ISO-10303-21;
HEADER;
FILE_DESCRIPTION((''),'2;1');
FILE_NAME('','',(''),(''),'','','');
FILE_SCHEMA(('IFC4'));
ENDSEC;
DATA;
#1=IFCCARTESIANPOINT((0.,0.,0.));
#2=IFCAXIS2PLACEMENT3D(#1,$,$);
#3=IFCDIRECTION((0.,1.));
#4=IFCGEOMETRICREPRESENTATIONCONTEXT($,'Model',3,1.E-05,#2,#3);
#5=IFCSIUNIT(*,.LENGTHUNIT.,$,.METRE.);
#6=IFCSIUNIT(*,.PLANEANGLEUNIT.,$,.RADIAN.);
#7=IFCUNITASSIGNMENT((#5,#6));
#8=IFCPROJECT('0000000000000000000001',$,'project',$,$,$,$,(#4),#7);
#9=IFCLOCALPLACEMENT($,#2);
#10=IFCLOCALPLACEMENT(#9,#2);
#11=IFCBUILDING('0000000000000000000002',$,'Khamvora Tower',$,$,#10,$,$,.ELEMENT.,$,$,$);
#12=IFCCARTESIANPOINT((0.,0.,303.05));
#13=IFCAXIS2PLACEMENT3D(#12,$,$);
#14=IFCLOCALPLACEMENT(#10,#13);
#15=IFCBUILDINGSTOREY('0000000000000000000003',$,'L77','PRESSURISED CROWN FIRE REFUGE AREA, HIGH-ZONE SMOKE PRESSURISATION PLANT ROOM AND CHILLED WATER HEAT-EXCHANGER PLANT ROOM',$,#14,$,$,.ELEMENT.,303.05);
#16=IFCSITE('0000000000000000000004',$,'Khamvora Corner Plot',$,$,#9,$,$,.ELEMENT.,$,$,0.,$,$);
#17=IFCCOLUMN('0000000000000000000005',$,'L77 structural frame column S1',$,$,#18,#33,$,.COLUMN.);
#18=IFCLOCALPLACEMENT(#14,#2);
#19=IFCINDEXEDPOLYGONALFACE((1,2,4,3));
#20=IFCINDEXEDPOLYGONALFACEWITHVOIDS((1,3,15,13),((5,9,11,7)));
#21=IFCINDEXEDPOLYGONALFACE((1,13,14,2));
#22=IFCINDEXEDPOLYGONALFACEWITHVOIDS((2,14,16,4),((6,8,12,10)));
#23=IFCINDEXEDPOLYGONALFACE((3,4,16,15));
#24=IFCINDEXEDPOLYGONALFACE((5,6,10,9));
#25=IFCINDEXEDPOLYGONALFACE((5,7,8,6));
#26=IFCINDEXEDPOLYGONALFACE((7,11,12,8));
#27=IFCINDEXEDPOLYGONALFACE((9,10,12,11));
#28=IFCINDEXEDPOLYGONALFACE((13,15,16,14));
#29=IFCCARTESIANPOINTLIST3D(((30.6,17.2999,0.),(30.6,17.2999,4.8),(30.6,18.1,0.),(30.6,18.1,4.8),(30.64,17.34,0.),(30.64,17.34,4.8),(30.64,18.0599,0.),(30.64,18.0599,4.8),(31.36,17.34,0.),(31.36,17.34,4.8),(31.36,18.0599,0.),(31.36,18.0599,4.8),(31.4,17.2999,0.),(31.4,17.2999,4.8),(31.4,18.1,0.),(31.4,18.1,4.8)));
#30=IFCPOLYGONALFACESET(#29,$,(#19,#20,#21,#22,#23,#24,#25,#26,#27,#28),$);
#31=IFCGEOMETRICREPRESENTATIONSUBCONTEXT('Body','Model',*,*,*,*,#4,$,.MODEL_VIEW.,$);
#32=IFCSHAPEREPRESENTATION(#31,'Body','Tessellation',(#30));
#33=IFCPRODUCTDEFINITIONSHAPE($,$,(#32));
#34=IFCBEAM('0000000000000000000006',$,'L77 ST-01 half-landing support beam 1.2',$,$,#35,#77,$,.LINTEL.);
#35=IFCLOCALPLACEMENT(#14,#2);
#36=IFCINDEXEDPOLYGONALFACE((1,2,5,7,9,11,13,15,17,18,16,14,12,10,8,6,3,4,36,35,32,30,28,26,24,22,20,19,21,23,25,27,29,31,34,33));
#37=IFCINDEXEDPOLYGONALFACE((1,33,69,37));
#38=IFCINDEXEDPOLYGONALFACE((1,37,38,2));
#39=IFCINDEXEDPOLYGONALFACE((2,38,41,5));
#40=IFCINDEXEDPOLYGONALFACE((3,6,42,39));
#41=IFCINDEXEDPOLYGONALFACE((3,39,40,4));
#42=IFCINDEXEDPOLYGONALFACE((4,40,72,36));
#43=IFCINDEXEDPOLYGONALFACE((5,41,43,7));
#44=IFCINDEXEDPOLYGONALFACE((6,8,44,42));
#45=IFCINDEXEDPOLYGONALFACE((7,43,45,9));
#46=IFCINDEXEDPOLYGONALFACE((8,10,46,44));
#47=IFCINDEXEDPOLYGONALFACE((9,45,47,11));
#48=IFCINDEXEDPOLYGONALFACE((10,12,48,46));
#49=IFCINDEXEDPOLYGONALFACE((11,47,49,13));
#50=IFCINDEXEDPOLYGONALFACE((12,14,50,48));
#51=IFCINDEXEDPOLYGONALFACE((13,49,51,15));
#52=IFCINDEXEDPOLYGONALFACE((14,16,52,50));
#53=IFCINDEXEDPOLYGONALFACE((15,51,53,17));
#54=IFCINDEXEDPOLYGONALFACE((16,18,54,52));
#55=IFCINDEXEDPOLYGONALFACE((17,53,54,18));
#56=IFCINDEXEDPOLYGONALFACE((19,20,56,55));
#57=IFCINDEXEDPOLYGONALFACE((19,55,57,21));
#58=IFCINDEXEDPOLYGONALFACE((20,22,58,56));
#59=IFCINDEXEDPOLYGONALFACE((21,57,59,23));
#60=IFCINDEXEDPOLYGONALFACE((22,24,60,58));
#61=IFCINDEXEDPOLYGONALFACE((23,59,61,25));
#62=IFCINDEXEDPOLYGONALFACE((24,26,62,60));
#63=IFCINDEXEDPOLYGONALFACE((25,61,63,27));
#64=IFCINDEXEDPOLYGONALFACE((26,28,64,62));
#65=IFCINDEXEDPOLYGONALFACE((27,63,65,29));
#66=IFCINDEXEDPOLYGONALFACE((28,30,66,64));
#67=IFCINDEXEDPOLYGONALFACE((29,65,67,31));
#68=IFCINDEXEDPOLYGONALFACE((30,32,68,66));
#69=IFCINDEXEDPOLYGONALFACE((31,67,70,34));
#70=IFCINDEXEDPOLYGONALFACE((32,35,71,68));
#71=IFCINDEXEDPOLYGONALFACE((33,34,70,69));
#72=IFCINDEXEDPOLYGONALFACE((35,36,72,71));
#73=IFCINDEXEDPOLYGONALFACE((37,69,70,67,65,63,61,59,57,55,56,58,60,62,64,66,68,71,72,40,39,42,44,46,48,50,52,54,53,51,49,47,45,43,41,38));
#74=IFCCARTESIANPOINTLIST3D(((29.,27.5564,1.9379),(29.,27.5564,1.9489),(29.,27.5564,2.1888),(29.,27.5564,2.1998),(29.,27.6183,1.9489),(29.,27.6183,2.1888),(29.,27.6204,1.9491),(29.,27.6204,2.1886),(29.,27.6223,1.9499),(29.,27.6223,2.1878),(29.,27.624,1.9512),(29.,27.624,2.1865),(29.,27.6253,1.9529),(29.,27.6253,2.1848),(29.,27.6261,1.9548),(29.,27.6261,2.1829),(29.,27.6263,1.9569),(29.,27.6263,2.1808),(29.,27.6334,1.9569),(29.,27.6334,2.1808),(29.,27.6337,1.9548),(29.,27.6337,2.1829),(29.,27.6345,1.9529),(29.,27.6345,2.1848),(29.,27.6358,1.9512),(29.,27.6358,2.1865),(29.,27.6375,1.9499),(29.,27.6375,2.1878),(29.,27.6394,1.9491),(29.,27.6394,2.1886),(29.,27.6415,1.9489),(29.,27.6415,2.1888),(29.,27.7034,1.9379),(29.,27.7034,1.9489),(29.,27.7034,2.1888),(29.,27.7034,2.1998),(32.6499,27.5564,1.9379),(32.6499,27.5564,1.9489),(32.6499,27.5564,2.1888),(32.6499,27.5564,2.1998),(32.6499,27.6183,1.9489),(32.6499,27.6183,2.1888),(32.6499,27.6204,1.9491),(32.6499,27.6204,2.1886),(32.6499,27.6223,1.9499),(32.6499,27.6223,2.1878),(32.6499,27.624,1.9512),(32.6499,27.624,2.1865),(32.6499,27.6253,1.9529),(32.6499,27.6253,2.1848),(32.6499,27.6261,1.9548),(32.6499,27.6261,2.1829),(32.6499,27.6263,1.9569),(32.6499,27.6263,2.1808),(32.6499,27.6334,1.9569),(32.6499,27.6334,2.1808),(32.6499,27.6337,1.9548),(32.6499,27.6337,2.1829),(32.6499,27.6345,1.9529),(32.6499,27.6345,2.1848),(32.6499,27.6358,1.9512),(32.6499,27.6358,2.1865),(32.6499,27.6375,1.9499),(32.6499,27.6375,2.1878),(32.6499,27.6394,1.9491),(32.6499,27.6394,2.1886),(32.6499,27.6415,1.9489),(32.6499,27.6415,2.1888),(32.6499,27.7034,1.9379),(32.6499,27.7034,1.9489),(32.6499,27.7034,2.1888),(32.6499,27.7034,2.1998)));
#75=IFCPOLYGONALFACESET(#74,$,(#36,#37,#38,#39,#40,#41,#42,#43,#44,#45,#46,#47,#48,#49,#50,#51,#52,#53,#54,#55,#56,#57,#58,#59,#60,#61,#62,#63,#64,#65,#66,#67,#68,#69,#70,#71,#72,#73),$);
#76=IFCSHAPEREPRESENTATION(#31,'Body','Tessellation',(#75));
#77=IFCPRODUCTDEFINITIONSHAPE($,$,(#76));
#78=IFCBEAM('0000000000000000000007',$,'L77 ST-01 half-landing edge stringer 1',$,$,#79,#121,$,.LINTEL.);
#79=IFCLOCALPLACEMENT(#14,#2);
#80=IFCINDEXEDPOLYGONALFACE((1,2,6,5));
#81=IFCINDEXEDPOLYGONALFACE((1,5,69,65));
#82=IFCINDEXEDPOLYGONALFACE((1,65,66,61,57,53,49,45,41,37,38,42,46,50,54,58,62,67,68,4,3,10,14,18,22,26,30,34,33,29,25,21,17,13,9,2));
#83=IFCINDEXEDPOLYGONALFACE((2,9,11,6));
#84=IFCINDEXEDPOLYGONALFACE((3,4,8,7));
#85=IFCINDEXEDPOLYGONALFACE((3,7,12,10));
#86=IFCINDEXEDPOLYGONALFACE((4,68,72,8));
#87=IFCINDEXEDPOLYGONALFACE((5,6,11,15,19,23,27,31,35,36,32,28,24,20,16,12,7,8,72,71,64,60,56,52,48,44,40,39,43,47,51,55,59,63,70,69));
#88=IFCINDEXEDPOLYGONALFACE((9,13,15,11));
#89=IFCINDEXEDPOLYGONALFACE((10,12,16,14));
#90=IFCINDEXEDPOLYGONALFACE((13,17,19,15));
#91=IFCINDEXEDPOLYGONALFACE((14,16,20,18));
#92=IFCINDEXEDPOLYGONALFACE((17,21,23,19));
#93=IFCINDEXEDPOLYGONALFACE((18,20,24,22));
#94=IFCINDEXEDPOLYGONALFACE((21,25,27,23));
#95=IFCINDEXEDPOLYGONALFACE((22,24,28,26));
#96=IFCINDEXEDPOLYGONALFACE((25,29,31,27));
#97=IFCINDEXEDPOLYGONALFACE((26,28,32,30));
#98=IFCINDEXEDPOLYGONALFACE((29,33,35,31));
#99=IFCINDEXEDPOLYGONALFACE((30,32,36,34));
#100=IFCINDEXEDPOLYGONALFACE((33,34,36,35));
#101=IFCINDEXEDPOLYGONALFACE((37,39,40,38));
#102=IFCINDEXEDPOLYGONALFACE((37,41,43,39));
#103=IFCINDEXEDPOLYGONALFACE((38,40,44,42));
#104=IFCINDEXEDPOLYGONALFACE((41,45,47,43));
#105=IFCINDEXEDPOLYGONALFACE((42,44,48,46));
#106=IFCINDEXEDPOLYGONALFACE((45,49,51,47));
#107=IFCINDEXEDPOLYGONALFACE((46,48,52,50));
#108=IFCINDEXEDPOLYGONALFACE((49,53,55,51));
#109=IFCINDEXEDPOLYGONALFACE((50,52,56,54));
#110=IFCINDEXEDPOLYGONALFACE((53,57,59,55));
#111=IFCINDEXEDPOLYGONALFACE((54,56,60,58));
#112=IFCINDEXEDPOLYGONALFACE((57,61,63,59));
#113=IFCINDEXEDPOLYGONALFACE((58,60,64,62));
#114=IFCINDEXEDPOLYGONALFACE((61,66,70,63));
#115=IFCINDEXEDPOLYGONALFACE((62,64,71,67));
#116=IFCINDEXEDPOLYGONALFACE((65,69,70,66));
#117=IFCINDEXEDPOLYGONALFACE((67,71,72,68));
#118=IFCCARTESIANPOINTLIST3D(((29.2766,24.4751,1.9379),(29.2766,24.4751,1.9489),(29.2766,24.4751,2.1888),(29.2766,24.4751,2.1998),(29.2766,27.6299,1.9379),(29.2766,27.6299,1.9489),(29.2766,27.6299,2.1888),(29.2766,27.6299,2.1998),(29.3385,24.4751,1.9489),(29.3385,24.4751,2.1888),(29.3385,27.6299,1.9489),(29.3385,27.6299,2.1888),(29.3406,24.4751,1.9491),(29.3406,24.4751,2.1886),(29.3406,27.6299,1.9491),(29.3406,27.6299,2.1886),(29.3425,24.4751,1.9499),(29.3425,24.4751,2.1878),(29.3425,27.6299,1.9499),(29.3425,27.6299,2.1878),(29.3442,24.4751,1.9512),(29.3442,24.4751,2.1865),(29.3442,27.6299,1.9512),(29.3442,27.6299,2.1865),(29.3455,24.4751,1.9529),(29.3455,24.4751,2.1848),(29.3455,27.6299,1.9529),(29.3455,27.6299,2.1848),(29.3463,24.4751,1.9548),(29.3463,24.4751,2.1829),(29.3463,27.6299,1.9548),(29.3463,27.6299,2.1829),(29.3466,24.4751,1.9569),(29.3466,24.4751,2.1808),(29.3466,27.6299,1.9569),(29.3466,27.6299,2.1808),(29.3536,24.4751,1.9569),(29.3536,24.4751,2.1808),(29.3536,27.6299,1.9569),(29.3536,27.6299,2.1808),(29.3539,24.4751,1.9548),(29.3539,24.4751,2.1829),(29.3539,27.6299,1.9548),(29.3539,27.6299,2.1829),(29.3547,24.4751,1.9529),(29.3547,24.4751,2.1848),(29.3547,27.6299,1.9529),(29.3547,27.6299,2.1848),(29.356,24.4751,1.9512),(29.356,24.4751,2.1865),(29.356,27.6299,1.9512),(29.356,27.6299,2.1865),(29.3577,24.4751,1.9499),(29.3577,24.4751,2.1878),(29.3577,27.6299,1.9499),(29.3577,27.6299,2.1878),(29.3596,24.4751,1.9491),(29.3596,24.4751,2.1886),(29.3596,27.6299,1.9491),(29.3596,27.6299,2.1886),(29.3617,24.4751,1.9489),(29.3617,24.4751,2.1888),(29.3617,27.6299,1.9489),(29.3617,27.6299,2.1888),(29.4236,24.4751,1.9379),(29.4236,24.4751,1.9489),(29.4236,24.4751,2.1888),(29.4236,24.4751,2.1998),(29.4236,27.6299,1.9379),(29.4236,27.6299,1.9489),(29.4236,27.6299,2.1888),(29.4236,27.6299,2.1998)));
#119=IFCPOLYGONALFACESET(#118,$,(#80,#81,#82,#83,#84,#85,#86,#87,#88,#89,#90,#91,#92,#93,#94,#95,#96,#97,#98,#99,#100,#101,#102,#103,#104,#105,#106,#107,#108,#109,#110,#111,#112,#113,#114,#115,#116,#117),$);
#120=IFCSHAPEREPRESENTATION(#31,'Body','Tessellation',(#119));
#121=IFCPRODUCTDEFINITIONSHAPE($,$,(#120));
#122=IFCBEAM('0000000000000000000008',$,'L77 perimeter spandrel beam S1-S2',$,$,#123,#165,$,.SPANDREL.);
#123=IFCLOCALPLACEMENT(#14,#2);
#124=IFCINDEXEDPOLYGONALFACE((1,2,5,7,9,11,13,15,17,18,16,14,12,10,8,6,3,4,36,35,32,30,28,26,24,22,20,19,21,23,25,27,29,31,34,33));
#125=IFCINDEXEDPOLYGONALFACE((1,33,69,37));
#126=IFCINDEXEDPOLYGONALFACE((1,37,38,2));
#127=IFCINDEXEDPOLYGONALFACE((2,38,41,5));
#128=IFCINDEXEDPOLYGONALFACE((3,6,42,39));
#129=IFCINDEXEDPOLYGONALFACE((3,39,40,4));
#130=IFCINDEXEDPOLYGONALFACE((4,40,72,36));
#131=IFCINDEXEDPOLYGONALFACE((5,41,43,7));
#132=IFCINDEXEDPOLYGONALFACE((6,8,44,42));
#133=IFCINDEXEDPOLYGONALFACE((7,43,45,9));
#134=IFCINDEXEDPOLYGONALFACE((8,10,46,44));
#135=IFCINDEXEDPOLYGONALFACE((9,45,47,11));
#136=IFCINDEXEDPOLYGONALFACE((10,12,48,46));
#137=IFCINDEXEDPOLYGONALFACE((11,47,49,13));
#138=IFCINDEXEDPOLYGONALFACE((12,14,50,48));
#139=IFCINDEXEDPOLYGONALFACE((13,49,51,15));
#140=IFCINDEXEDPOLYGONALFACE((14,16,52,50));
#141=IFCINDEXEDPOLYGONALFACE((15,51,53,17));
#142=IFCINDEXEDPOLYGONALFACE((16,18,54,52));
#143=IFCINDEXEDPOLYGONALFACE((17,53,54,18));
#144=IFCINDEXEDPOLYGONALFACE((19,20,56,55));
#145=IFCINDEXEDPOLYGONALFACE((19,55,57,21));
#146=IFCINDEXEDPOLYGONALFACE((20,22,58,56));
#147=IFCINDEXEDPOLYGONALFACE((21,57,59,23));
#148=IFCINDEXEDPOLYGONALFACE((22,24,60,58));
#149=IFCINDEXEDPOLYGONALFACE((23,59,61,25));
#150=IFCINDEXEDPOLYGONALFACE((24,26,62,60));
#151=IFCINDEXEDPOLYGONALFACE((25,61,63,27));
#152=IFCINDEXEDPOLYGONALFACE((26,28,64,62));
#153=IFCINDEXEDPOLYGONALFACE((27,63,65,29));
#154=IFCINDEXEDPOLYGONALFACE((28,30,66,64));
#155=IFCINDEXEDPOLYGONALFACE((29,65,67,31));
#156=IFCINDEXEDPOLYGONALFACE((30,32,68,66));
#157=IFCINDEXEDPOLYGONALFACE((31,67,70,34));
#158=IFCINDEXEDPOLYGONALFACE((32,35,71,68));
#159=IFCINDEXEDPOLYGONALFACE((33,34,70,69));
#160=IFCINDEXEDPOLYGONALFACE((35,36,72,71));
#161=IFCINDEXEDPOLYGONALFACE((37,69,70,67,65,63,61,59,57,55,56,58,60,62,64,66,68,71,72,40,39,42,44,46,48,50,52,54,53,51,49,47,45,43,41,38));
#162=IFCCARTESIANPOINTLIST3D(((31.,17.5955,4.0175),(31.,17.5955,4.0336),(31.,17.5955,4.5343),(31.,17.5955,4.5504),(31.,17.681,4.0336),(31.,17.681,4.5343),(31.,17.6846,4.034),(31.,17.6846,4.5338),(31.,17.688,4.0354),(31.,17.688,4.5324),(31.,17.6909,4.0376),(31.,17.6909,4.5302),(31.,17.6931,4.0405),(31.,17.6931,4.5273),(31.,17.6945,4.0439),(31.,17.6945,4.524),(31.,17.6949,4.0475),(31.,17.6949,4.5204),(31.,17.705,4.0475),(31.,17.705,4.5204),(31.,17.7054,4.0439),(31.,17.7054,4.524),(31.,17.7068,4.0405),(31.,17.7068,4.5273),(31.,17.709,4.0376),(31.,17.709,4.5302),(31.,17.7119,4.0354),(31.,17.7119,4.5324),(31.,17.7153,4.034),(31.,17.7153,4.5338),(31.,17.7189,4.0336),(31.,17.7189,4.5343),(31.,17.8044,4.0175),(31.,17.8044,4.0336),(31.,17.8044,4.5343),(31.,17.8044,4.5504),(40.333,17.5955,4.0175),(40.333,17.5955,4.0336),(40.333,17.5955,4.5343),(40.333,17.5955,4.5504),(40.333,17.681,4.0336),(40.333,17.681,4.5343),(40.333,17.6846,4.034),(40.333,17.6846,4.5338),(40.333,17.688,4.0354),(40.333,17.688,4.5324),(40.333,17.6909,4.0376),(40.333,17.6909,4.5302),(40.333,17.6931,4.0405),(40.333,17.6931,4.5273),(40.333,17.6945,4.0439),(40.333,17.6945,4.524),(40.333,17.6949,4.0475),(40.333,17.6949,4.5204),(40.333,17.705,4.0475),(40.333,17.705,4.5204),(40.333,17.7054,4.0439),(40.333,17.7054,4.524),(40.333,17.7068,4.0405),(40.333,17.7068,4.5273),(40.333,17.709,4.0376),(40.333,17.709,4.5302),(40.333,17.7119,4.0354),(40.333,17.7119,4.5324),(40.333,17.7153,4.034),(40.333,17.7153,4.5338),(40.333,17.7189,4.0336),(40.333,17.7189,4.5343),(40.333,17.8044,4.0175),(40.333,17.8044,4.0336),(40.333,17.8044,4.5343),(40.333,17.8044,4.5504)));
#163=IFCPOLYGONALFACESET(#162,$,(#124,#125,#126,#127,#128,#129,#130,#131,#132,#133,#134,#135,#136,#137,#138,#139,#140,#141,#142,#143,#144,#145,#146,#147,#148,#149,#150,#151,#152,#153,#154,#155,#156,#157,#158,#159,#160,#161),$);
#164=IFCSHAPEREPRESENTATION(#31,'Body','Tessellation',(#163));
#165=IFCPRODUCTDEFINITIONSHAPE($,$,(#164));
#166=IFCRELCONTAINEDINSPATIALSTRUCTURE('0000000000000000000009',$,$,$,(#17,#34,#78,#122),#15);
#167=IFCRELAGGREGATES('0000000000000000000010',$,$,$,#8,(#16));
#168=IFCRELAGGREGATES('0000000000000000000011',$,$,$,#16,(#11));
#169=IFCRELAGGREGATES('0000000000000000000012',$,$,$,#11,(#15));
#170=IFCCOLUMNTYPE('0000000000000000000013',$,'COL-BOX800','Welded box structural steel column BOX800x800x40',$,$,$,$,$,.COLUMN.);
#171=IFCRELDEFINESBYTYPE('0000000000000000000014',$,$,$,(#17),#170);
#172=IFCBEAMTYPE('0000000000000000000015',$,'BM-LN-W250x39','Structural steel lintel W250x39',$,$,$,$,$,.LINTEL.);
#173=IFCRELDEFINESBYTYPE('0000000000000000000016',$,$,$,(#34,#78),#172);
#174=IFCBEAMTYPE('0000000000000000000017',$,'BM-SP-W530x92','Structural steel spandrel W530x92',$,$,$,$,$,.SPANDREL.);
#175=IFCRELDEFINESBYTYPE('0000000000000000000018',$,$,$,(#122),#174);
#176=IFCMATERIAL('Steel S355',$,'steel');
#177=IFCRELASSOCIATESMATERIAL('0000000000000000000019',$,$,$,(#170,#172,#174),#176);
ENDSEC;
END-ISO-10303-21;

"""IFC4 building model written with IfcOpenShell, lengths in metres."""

from ifc_helpers import new_model, si_unit, direction, frame, origin, origin_2d, place, context, subcontext, project, spatial, hollow_rectangle, i_section, extrude, material, material_profile, profile_set, type_object, element, save


model = new_model("IFC4")

# Units and contexts
model_context = context("Model", 3, precision=1e-05, world=origin(), true_north=direction((0.0, 1.0)))
body_context = subcontext(model_context, "Body", "Model", "MODEL_VIEW")
ifc_project = project(units=[si_unit("LENGTHUNIT", "METRE"), si_unit("PLANEANGLEUNIT", "RADIAN")], contexts=[model_context])

# Site, building, storey
site_placement = place(None, origin())
site = spatial("IfcSite", under=ifc_project, at=site_placement, Name="Khamvora Corner Plot", CompositionType="ELEMENT", RefElevation=0.0)
building_placement = place(site_placement, origin())
building = spatial("IfcBuilding", under=site, at=building_placement, Name="Khamvora Tower", CompositionType="ELEMENT")
storey_placement = place(building_placement, frame((0.0, 0.0, 303.05)))
storey = spatial("IfcBuildingStorey", under=building, at=storey_placement, Name="L77", Description="PRESSURISED CROWN FIRE REFUGE AREA, HIGH-ZONE SMOKE PRESSURISATION PLANT ROOM AND CHILLED WATER HEAT-EXCHANGER PLANT ROOM", CompositionType="ELEMENT", Elevation=303.05)

# Column
ifc_material_1 = material(Name="Steel S355", Category="steel")
ifc_material_profile_1 = material_profile(ifc_material_1, hollow_rectangle(XDim=0.8, YDim=0.8, WallThickness=0.04, at=origin_2d()), Name="BOX800x800x40")
ifc_profile_set_1 = profile_set([ifc_material_profile_1], Name="Steel S355")
column_type = type_object("IfcColumnType", Name="COL-BOX800", Description="Welded box structural steel column BOX800x800x40", PredefinedType="COLUMN", material=ifc_profile_set_1)
column_placement = place(storey_placement, frame((31.0, 17.7, 0.0), z_axis=(0.0, 0.0, 1.0), x_axis=(1.0, 0.0, 0.0)))
element("IfcColumn", 1, at=column_placement, inside=storey, type_object=column_type, Name="L77 structural frame column S1", PredefinedType="COLUMN", context=body_context, shape_type="SweptSolid", body=[
    extrude(hollow_rectangle(XDim=0.8, YDim=0.8, WallThickness=0.04, at=origin_2d()), origin(), (0.0, 0.0, 1.0), 4.8),
])

# Beams
ifc_material_profile_2 = material_profile(ifc_material_1, i_section(OverallWidth=0.147, OverallDepth=0.262, WebThickness=0.0071, FlangeThickness=0.011, FilletRadius=0.0081, at=origin_2d()), Name="W250x39")
ifc_profile_set_2 = profile_set([ifc_material_profile_2], Name="Steel S355")
beam_type_1 = type_object("IfcBeamType", Name="BM-LN-W250x39", Description="Structural steel lintel W250x39", PredefinedType="LINTEL", material=ifc_profile_set_2)
beam_1_placement = place(storey_placement, frame((29.0, 27.6299, 2.0688), z_axis=(1.0, 0.0, 0.0), x_axis=(0.0, 1.0, 0.0)))
element("IfcBeam", 2, at=beam_1_placement, inside=storey, type_object=beam_type_1, Name="L77 ST-01 half-landing support beam 1.2", PredefinedType="LINTEL", context=body_context, shape_type="SweptSolid", body=[
    extrude(i_section(OverallWidth=0.147, OverallDepth=0.262, WebThickness=0.0071, FlangeThickness=0.011, FilletRadius=0.0081, at=origin_2d()), origin(), (0.0, 0.0, 1.0), 3.6499),
])
beam_2_placement = place(storey_placement, frame((29.3501, 24.4751, 2.0688), z_axis=(0.0, 1.0, 0.0), x_axis=(-1.0, 0.0, 0.0)))
element("IfcBeam", 3, at=beam_2_placement, inside=storey, type_object=beam_type_1, Name="L77 ST-01 half-landing edge stringer 1", PredefinedType="LINTEL", context=body_context, shape_type="SweptSolid", body=[
    extrude(i_section(OverallWidth=0.147, OverallDepth=0.262, WebThickness=0.0071, FlangeThickness=0.011, FilletRadius=0.0081, at=origin_2d()), origin(), (0.0, 0.0, 1.0), 3.1548),
])
ifc_material_profile_3 = material_profile(ifc_material_1, i_section(OverallWidth=0.209, OverallDepth=0.533, WebThickness=0.01, FlangeThickness=0.0161, FilletRadius=0.0139, at=origin_2d()), Name="W530x92")
ifc_profile_set_3 = profile_set([ifc_material_profile_3], Name="Steel S355")
beam_type_2 = type_object("IfcBeamType", Name="BM-SP-W530x92", Description="Structural steel spandrel W530x92", PredefinedType="SPANDREL", material=ifc_profile_set_3)
beam_3_placement = place(storey_placement, frame((31.0, 17.7, 4.2839), z_axis=(1.0, 0.0, 0.0), x_axis=(0.0, 1.0, 0.0)))
element("IfcBeam", 4, at=beam_3_placement, inside=storey, type_object=beam_type_2, Name="L77 perimeter spandrel beam S1-S2", PredefinedType="SPANDREL", context=body_context, shape_type="SweptSolid", body=[
    extrude(i_section(OverallWidth=0.209, OverallDepth=0.533, WebThickness=0.01, FlangeThickness=0.0161, FilletRadius=0.0139, at=origin_2d()), origin(), (0.0, 0.0, 1.0), 9.333),
])

save(model, "model.ifc")
